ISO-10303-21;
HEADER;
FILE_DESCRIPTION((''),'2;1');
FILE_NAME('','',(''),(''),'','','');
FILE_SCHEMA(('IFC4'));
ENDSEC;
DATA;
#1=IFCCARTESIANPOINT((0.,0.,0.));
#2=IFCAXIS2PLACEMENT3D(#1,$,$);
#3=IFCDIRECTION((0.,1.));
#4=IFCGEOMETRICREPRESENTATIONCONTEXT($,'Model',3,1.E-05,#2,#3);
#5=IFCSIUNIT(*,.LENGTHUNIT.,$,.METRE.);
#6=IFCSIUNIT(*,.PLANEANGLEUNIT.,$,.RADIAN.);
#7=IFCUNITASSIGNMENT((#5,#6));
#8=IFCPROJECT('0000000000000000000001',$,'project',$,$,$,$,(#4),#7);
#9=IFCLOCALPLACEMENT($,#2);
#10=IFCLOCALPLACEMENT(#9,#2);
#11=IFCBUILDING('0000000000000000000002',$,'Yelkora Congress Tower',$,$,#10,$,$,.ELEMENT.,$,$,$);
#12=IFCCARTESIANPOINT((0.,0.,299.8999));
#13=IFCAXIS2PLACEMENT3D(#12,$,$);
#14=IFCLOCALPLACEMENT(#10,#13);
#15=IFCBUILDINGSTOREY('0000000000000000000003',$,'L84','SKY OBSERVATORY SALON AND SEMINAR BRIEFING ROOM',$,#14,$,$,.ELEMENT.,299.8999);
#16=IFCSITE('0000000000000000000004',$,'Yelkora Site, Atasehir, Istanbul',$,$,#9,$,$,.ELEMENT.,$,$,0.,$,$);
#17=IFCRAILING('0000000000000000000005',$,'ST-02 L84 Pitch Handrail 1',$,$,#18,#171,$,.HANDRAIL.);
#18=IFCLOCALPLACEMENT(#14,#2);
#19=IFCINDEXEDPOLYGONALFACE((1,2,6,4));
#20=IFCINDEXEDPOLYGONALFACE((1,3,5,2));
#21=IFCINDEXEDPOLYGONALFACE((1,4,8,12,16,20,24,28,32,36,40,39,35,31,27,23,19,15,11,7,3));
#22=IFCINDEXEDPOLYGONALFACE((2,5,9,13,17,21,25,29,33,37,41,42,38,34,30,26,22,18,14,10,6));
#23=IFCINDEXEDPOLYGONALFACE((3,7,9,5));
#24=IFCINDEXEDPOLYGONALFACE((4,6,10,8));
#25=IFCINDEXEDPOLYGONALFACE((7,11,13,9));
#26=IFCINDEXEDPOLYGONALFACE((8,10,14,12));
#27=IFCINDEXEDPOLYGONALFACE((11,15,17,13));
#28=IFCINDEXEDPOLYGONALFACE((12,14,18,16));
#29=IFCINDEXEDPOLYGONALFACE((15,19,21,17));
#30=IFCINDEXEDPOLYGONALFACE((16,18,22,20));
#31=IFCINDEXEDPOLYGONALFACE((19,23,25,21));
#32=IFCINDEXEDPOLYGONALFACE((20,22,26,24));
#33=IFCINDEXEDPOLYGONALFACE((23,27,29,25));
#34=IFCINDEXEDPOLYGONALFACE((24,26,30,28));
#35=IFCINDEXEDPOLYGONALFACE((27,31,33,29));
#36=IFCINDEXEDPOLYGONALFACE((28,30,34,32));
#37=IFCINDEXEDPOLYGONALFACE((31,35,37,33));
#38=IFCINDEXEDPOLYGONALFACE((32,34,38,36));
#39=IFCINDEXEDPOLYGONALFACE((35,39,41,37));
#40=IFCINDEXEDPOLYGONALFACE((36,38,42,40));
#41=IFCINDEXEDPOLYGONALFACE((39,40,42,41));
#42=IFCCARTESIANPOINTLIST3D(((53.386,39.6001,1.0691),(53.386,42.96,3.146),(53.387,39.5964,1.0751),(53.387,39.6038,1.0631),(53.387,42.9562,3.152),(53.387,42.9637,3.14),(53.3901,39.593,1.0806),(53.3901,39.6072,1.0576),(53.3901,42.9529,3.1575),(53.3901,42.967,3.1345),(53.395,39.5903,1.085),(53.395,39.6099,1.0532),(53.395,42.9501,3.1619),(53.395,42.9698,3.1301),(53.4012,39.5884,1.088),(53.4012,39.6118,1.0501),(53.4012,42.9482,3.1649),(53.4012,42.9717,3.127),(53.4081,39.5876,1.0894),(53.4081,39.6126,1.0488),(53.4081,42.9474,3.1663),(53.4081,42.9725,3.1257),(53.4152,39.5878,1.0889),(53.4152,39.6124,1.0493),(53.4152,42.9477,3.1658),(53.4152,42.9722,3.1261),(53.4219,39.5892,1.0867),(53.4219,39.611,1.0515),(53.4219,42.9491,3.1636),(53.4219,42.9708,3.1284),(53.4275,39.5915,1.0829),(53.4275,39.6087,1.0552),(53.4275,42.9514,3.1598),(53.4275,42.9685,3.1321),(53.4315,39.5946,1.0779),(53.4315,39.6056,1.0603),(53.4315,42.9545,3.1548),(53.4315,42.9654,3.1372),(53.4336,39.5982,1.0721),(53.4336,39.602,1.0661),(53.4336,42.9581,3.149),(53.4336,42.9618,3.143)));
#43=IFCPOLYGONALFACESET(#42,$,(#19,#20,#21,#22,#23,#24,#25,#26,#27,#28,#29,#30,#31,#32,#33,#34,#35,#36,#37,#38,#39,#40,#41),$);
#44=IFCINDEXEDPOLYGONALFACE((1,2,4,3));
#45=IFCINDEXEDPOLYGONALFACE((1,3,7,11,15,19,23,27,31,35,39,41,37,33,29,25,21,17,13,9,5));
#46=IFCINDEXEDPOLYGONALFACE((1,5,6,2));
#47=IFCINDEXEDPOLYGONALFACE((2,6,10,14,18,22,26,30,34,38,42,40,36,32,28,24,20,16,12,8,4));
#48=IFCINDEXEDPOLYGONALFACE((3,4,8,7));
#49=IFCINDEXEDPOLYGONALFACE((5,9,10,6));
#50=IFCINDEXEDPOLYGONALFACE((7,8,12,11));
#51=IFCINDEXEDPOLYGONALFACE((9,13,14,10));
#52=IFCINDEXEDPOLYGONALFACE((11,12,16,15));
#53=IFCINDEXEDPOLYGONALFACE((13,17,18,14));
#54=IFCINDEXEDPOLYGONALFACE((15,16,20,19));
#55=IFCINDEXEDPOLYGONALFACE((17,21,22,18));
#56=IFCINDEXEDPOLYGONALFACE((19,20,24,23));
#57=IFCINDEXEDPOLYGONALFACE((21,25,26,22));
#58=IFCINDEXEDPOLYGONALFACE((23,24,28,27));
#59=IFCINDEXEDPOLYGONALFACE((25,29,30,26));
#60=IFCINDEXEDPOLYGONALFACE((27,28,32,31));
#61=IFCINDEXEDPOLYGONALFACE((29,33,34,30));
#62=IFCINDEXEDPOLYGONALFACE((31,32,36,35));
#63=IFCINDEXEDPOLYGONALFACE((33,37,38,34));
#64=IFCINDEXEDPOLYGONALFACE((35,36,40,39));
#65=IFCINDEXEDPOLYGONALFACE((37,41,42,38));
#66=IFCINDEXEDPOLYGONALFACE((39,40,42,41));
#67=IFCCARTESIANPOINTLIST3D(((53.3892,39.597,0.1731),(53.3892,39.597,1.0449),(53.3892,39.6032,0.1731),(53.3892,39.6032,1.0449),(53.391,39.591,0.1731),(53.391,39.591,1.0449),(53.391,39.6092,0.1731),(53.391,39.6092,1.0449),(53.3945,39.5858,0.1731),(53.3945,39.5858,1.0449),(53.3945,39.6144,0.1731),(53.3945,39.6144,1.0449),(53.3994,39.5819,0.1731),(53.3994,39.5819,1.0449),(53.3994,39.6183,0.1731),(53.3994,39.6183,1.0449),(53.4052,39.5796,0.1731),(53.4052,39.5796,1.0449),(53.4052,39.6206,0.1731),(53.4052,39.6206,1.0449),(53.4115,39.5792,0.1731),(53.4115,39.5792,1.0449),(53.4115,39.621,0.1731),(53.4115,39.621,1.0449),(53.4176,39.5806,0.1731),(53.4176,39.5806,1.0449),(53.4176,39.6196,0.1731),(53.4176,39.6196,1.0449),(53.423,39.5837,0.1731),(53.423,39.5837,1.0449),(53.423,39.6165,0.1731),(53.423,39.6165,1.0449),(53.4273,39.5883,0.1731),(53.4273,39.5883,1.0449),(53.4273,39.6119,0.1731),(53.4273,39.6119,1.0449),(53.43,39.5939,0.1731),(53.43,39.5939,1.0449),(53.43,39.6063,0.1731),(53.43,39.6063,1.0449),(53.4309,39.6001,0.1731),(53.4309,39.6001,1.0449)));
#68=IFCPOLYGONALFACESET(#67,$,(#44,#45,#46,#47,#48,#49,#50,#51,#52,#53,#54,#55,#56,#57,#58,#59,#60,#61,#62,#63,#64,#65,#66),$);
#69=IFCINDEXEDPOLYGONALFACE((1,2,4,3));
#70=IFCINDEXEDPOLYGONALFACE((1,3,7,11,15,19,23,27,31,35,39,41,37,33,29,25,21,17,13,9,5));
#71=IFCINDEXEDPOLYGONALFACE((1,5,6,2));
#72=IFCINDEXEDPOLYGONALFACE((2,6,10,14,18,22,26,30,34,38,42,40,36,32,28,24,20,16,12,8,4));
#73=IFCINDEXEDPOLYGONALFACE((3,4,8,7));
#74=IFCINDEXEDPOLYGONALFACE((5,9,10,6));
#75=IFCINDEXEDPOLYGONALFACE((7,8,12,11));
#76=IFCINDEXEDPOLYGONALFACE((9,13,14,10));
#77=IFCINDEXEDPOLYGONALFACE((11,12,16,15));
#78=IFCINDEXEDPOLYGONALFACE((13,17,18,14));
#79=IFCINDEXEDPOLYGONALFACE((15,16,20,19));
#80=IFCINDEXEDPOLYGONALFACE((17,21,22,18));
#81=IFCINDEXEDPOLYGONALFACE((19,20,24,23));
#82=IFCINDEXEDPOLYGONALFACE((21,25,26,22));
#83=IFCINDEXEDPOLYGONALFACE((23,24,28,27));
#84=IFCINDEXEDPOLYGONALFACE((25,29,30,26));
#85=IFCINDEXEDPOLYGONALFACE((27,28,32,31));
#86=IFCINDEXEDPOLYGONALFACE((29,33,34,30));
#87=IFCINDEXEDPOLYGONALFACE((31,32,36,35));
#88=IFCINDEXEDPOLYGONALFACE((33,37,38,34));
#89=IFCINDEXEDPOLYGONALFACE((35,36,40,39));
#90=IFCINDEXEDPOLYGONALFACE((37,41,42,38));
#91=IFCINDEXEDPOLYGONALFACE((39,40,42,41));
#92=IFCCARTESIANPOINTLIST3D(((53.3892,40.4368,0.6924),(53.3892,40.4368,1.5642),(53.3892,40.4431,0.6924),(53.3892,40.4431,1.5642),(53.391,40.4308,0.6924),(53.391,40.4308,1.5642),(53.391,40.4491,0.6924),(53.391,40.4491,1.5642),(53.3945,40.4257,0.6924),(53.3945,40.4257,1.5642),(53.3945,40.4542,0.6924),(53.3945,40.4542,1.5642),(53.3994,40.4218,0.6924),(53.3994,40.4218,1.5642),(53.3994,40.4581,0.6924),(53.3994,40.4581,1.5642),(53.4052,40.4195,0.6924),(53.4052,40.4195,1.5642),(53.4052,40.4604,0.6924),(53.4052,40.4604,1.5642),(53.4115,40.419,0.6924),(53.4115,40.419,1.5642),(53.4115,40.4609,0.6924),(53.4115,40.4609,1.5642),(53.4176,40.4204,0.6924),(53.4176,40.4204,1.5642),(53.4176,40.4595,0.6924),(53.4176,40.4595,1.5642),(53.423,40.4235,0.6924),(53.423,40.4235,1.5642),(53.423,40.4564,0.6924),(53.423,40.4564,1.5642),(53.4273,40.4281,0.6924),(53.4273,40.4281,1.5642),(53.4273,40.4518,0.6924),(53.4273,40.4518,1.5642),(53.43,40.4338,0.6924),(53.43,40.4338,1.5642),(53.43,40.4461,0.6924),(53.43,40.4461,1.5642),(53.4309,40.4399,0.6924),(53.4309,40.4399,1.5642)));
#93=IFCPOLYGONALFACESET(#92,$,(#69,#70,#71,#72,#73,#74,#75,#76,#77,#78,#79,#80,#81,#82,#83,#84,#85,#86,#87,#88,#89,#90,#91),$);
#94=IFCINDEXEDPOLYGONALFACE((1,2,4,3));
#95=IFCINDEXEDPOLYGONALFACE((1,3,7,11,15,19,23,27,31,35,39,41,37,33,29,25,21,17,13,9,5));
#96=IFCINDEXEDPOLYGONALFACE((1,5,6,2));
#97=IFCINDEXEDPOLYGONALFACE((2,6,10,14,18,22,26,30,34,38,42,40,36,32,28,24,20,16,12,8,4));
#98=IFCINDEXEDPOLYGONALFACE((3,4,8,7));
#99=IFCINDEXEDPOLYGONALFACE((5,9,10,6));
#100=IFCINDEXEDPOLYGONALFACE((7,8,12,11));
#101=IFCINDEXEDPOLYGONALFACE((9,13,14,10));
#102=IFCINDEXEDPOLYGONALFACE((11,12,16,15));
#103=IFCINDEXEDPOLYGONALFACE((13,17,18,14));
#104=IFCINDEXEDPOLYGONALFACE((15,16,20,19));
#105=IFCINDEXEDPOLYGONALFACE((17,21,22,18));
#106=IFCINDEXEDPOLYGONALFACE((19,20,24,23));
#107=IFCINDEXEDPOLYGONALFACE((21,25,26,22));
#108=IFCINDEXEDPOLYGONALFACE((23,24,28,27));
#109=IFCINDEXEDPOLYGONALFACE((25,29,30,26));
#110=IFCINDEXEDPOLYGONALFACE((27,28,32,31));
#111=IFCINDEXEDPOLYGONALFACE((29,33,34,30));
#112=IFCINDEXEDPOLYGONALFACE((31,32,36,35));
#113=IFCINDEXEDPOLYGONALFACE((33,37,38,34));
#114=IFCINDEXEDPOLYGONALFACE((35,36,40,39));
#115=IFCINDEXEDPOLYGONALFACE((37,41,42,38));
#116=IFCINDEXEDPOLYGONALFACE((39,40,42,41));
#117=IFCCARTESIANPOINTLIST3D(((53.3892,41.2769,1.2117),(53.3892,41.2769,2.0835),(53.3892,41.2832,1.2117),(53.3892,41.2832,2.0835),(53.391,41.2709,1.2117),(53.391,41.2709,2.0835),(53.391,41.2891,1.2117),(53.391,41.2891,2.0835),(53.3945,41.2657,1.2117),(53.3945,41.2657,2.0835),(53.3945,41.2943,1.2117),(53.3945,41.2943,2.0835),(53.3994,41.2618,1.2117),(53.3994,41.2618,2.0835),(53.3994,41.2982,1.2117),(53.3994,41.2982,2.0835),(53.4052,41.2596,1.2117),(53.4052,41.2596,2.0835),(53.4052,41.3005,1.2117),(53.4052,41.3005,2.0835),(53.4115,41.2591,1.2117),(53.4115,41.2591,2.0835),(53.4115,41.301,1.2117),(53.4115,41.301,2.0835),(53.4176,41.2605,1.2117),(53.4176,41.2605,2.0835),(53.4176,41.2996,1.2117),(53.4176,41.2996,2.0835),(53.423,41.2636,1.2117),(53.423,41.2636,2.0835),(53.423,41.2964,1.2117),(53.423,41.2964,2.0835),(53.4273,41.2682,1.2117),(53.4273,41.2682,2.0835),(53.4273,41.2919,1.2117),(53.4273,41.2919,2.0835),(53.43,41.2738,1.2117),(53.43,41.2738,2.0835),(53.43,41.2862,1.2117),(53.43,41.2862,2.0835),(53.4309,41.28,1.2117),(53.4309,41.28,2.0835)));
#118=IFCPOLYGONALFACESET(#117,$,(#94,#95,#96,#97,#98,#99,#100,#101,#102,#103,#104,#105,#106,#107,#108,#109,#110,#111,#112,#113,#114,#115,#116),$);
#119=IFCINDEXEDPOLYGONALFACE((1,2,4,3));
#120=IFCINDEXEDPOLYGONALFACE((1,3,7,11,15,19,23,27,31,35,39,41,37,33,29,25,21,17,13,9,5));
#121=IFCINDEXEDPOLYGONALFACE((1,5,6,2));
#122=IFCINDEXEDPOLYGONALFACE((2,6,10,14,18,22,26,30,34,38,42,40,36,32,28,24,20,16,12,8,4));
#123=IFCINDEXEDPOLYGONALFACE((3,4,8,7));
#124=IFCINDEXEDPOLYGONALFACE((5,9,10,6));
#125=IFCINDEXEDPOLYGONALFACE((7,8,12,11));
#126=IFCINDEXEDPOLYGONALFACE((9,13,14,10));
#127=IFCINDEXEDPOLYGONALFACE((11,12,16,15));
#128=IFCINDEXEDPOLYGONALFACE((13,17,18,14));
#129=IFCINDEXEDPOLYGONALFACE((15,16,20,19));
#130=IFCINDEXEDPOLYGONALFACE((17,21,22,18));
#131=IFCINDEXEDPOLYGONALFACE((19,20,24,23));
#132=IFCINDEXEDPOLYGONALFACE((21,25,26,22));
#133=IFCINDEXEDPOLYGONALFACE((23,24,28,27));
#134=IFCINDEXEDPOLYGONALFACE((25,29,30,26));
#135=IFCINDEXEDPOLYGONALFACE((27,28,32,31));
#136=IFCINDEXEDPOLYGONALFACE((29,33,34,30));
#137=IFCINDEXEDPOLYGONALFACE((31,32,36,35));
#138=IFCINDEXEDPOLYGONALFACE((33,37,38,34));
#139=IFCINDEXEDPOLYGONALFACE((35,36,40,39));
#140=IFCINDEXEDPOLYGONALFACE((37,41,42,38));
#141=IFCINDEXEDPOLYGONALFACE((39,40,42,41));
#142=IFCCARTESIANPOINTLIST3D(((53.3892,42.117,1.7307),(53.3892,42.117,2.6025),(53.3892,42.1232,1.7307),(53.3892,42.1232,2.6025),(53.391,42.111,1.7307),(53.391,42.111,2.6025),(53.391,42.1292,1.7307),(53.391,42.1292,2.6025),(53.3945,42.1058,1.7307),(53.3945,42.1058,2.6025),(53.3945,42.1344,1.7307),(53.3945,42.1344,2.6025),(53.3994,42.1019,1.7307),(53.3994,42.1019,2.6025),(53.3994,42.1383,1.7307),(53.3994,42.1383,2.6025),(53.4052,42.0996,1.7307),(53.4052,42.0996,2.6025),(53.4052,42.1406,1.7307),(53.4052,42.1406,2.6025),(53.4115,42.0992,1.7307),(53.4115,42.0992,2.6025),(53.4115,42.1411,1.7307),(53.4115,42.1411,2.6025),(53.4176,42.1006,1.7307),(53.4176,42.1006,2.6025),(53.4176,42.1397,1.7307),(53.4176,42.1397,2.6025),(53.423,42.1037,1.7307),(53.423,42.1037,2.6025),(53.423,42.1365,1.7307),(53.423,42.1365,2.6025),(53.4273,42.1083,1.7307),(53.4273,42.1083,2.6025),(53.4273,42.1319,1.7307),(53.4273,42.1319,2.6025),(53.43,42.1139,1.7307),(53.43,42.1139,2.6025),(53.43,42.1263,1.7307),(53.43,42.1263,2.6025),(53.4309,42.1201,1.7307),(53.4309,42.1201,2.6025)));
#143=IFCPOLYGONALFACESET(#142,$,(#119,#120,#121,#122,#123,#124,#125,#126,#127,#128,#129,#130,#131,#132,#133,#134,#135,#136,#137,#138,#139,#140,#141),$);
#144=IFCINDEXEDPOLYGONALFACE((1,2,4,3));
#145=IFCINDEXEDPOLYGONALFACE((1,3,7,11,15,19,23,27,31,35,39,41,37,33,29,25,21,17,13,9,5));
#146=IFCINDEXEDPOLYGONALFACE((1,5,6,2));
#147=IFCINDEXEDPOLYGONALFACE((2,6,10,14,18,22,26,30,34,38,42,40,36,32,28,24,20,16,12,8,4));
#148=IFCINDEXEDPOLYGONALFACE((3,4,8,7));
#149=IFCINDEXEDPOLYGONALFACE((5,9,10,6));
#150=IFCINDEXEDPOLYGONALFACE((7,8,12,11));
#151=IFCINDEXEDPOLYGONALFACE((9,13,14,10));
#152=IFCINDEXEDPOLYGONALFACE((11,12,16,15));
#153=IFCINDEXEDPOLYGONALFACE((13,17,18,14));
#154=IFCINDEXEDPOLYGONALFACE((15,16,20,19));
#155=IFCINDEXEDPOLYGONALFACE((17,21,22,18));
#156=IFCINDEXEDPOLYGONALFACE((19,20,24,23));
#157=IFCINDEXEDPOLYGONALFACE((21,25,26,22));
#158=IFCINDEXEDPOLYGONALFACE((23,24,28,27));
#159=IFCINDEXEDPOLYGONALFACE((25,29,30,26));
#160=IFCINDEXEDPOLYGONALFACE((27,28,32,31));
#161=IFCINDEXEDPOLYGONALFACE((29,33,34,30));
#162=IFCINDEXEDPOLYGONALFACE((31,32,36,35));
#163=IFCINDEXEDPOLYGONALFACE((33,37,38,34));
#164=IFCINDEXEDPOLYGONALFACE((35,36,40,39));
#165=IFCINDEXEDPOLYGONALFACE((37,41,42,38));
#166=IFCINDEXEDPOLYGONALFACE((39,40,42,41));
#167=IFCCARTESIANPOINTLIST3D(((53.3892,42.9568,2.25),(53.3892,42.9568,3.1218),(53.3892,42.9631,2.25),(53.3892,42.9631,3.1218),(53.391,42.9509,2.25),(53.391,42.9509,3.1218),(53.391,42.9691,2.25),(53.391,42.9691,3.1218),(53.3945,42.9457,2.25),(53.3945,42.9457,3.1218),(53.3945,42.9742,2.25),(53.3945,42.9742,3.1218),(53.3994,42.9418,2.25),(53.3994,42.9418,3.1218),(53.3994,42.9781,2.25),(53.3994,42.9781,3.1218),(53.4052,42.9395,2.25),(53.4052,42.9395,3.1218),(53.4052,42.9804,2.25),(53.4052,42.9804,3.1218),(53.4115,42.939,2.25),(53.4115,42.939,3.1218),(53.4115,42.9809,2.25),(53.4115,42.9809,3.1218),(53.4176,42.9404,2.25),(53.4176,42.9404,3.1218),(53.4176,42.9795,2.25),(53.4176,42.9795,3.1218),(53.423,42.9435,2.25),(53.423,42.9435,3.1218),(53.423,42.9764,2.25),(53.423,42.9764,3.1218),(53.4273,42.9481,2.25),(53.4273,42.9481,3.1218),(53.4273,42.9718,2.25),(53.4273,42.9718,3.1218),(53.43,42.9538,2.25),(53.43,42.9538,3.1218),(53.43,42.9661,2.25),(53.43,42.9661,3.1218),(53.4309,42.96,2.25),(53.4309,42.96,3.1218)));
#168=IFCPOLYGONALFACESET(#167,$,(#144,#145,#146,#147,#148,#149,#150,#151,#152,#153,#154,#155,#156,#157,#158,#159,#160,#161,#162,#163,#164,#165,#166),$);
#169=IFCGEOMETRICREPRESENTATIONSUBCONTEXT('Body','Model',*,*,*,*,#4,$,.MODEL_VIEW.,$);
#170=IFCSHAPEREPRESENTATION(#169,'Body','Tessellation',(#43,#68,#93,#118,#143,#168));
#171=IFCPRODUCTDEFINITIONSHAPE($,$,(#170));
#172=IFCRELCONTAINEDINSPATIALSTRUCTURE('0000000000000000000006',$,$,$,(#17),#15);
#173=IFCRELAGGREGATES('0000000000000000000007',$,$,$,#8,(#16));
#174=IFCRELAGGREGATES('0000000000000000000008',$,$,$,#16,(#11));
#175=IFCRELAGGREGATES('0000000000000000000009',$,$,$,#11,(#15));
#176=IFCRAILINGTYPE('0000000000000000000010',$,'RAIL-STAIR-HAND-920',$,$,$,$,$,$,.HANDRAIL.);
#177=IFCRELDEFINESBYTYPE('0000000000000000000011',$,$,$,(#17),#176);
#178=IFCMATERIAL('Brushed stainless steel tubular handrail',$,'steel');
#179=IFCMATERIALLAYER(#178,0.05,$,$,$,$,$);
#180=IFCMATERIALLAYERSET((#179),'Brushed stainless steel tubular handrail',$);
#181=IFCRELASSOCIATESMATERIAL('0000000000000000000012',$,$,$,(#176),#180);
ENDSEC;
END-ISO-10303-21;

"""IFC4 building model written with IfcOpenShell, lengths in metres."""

from ifc_helpers import new_model, si_unit, direction, frame, origin, origin_2d, place, context, subcontext, project, spatial, circle, extrude, material, layer, layer_set, type_object, element, save


model = new_model("IFC4")

# Units and contexts
model_context = context("Model", 3, precision=1e-05, world=origin(), true_north=direction((0.0, 1.0)))
body_context = subcontext(model_context, "Body", "Model", "MODEL_VIEW")
ifc_project = project(units=[si_unit("LENGTHUNIT", "METRE"), si_unit("PLANEANGLEUNIT", "RADIAN")], contexts=[model_context])

# Site, building, storey
site_placement = place(None, origin())
site = spatial("IfcSite", under=ifc_project, at=site_placement, Name="Yelkora Site, Atasehir, Istanbul", CompositionType="ELEMENT", RefElevation=0.0)
building_placement = place(site_placement, origin())
building = spatial("IfcBuilding", under=site, at=building_placement, Name="Yelkora Congress Tower", CompositionType="ELEMENT")
storey_placement = place(building_placement, frame((0.0, 0.0, 299.8999)))
storey = spatial("IfcBuildingStorey", under=building, at=storey_placement, Name="L84", Description="SKY OBSERVATORY SALON AND SEMINAR BRIEFING ROOM", CompositionType="ELEMENT", Elevation=299.8999)

# Railing
ifc_material_1 = material(Name="Brushed stainless steel tubular handrail", Category="steel")
ifc_layer_1 = layer(ifc_material_1, 0.05)
ifc_layer_set_1 = layer_set([ifc_layer_1], Name="Brushed stainless steel tubular handrail")
railing_type_1 = type_object("IfcRailingType", Name="RAIL-STAIR-HAND-920", PredefinedType="HANDRAIL", material=ifc_layer_set_1)
railing_1_placement = place(storey_placement, frame((53.4099, 39.6001, 0.1731)))
element("IfcRailing", 1, at=railing_1_placement, inside=storey, type_object=railing_type_1, Name="ST-02 L84 Pitch Handrail 1", PredefinedType="HANDRAIL", context=body_context, shape_type="SweptSolid", body=[
    extrude(circle(Radius=0.0239, at=origin_2d()), frame((0.0, 0.0, 0.896), z_axis=(0.0, 0.850606, 0.525803), x_axis=(-1.0, 0.0, 0.0)), (0.0, 0.0, 1.0), 3.95),
    extrude(circle(Radius=0.021, at=origin_2d()), origin(), (0.0, 0.0, 1.0), 0.8718),
    extrude(circle(Radius=0.021, at=origin_2d()), frame((0.0, 0.8398, 0.5193)), (0.0, 0.0, 1.0), 0.8718),
    extrude(circle(Radius=0.021, at=origin_2d()), frame((0.0, 1.6799, 1.0386)), (0.0, 0.0, 1.0), 0.8718),
    extrude(circle(Radius=0.021, at=origin_2d()), frame((0.0, 2.52, 1.5576)), (0.0, 0.0, 1.0), 0.8718),
    extrude(circle(Radius=0.021, at=origin_2d()), frame((0.0, 3.3599, 2.0769)), (0.0, 0.0, 1.0), 0.8718),
])

save(model, "model.ifc")
